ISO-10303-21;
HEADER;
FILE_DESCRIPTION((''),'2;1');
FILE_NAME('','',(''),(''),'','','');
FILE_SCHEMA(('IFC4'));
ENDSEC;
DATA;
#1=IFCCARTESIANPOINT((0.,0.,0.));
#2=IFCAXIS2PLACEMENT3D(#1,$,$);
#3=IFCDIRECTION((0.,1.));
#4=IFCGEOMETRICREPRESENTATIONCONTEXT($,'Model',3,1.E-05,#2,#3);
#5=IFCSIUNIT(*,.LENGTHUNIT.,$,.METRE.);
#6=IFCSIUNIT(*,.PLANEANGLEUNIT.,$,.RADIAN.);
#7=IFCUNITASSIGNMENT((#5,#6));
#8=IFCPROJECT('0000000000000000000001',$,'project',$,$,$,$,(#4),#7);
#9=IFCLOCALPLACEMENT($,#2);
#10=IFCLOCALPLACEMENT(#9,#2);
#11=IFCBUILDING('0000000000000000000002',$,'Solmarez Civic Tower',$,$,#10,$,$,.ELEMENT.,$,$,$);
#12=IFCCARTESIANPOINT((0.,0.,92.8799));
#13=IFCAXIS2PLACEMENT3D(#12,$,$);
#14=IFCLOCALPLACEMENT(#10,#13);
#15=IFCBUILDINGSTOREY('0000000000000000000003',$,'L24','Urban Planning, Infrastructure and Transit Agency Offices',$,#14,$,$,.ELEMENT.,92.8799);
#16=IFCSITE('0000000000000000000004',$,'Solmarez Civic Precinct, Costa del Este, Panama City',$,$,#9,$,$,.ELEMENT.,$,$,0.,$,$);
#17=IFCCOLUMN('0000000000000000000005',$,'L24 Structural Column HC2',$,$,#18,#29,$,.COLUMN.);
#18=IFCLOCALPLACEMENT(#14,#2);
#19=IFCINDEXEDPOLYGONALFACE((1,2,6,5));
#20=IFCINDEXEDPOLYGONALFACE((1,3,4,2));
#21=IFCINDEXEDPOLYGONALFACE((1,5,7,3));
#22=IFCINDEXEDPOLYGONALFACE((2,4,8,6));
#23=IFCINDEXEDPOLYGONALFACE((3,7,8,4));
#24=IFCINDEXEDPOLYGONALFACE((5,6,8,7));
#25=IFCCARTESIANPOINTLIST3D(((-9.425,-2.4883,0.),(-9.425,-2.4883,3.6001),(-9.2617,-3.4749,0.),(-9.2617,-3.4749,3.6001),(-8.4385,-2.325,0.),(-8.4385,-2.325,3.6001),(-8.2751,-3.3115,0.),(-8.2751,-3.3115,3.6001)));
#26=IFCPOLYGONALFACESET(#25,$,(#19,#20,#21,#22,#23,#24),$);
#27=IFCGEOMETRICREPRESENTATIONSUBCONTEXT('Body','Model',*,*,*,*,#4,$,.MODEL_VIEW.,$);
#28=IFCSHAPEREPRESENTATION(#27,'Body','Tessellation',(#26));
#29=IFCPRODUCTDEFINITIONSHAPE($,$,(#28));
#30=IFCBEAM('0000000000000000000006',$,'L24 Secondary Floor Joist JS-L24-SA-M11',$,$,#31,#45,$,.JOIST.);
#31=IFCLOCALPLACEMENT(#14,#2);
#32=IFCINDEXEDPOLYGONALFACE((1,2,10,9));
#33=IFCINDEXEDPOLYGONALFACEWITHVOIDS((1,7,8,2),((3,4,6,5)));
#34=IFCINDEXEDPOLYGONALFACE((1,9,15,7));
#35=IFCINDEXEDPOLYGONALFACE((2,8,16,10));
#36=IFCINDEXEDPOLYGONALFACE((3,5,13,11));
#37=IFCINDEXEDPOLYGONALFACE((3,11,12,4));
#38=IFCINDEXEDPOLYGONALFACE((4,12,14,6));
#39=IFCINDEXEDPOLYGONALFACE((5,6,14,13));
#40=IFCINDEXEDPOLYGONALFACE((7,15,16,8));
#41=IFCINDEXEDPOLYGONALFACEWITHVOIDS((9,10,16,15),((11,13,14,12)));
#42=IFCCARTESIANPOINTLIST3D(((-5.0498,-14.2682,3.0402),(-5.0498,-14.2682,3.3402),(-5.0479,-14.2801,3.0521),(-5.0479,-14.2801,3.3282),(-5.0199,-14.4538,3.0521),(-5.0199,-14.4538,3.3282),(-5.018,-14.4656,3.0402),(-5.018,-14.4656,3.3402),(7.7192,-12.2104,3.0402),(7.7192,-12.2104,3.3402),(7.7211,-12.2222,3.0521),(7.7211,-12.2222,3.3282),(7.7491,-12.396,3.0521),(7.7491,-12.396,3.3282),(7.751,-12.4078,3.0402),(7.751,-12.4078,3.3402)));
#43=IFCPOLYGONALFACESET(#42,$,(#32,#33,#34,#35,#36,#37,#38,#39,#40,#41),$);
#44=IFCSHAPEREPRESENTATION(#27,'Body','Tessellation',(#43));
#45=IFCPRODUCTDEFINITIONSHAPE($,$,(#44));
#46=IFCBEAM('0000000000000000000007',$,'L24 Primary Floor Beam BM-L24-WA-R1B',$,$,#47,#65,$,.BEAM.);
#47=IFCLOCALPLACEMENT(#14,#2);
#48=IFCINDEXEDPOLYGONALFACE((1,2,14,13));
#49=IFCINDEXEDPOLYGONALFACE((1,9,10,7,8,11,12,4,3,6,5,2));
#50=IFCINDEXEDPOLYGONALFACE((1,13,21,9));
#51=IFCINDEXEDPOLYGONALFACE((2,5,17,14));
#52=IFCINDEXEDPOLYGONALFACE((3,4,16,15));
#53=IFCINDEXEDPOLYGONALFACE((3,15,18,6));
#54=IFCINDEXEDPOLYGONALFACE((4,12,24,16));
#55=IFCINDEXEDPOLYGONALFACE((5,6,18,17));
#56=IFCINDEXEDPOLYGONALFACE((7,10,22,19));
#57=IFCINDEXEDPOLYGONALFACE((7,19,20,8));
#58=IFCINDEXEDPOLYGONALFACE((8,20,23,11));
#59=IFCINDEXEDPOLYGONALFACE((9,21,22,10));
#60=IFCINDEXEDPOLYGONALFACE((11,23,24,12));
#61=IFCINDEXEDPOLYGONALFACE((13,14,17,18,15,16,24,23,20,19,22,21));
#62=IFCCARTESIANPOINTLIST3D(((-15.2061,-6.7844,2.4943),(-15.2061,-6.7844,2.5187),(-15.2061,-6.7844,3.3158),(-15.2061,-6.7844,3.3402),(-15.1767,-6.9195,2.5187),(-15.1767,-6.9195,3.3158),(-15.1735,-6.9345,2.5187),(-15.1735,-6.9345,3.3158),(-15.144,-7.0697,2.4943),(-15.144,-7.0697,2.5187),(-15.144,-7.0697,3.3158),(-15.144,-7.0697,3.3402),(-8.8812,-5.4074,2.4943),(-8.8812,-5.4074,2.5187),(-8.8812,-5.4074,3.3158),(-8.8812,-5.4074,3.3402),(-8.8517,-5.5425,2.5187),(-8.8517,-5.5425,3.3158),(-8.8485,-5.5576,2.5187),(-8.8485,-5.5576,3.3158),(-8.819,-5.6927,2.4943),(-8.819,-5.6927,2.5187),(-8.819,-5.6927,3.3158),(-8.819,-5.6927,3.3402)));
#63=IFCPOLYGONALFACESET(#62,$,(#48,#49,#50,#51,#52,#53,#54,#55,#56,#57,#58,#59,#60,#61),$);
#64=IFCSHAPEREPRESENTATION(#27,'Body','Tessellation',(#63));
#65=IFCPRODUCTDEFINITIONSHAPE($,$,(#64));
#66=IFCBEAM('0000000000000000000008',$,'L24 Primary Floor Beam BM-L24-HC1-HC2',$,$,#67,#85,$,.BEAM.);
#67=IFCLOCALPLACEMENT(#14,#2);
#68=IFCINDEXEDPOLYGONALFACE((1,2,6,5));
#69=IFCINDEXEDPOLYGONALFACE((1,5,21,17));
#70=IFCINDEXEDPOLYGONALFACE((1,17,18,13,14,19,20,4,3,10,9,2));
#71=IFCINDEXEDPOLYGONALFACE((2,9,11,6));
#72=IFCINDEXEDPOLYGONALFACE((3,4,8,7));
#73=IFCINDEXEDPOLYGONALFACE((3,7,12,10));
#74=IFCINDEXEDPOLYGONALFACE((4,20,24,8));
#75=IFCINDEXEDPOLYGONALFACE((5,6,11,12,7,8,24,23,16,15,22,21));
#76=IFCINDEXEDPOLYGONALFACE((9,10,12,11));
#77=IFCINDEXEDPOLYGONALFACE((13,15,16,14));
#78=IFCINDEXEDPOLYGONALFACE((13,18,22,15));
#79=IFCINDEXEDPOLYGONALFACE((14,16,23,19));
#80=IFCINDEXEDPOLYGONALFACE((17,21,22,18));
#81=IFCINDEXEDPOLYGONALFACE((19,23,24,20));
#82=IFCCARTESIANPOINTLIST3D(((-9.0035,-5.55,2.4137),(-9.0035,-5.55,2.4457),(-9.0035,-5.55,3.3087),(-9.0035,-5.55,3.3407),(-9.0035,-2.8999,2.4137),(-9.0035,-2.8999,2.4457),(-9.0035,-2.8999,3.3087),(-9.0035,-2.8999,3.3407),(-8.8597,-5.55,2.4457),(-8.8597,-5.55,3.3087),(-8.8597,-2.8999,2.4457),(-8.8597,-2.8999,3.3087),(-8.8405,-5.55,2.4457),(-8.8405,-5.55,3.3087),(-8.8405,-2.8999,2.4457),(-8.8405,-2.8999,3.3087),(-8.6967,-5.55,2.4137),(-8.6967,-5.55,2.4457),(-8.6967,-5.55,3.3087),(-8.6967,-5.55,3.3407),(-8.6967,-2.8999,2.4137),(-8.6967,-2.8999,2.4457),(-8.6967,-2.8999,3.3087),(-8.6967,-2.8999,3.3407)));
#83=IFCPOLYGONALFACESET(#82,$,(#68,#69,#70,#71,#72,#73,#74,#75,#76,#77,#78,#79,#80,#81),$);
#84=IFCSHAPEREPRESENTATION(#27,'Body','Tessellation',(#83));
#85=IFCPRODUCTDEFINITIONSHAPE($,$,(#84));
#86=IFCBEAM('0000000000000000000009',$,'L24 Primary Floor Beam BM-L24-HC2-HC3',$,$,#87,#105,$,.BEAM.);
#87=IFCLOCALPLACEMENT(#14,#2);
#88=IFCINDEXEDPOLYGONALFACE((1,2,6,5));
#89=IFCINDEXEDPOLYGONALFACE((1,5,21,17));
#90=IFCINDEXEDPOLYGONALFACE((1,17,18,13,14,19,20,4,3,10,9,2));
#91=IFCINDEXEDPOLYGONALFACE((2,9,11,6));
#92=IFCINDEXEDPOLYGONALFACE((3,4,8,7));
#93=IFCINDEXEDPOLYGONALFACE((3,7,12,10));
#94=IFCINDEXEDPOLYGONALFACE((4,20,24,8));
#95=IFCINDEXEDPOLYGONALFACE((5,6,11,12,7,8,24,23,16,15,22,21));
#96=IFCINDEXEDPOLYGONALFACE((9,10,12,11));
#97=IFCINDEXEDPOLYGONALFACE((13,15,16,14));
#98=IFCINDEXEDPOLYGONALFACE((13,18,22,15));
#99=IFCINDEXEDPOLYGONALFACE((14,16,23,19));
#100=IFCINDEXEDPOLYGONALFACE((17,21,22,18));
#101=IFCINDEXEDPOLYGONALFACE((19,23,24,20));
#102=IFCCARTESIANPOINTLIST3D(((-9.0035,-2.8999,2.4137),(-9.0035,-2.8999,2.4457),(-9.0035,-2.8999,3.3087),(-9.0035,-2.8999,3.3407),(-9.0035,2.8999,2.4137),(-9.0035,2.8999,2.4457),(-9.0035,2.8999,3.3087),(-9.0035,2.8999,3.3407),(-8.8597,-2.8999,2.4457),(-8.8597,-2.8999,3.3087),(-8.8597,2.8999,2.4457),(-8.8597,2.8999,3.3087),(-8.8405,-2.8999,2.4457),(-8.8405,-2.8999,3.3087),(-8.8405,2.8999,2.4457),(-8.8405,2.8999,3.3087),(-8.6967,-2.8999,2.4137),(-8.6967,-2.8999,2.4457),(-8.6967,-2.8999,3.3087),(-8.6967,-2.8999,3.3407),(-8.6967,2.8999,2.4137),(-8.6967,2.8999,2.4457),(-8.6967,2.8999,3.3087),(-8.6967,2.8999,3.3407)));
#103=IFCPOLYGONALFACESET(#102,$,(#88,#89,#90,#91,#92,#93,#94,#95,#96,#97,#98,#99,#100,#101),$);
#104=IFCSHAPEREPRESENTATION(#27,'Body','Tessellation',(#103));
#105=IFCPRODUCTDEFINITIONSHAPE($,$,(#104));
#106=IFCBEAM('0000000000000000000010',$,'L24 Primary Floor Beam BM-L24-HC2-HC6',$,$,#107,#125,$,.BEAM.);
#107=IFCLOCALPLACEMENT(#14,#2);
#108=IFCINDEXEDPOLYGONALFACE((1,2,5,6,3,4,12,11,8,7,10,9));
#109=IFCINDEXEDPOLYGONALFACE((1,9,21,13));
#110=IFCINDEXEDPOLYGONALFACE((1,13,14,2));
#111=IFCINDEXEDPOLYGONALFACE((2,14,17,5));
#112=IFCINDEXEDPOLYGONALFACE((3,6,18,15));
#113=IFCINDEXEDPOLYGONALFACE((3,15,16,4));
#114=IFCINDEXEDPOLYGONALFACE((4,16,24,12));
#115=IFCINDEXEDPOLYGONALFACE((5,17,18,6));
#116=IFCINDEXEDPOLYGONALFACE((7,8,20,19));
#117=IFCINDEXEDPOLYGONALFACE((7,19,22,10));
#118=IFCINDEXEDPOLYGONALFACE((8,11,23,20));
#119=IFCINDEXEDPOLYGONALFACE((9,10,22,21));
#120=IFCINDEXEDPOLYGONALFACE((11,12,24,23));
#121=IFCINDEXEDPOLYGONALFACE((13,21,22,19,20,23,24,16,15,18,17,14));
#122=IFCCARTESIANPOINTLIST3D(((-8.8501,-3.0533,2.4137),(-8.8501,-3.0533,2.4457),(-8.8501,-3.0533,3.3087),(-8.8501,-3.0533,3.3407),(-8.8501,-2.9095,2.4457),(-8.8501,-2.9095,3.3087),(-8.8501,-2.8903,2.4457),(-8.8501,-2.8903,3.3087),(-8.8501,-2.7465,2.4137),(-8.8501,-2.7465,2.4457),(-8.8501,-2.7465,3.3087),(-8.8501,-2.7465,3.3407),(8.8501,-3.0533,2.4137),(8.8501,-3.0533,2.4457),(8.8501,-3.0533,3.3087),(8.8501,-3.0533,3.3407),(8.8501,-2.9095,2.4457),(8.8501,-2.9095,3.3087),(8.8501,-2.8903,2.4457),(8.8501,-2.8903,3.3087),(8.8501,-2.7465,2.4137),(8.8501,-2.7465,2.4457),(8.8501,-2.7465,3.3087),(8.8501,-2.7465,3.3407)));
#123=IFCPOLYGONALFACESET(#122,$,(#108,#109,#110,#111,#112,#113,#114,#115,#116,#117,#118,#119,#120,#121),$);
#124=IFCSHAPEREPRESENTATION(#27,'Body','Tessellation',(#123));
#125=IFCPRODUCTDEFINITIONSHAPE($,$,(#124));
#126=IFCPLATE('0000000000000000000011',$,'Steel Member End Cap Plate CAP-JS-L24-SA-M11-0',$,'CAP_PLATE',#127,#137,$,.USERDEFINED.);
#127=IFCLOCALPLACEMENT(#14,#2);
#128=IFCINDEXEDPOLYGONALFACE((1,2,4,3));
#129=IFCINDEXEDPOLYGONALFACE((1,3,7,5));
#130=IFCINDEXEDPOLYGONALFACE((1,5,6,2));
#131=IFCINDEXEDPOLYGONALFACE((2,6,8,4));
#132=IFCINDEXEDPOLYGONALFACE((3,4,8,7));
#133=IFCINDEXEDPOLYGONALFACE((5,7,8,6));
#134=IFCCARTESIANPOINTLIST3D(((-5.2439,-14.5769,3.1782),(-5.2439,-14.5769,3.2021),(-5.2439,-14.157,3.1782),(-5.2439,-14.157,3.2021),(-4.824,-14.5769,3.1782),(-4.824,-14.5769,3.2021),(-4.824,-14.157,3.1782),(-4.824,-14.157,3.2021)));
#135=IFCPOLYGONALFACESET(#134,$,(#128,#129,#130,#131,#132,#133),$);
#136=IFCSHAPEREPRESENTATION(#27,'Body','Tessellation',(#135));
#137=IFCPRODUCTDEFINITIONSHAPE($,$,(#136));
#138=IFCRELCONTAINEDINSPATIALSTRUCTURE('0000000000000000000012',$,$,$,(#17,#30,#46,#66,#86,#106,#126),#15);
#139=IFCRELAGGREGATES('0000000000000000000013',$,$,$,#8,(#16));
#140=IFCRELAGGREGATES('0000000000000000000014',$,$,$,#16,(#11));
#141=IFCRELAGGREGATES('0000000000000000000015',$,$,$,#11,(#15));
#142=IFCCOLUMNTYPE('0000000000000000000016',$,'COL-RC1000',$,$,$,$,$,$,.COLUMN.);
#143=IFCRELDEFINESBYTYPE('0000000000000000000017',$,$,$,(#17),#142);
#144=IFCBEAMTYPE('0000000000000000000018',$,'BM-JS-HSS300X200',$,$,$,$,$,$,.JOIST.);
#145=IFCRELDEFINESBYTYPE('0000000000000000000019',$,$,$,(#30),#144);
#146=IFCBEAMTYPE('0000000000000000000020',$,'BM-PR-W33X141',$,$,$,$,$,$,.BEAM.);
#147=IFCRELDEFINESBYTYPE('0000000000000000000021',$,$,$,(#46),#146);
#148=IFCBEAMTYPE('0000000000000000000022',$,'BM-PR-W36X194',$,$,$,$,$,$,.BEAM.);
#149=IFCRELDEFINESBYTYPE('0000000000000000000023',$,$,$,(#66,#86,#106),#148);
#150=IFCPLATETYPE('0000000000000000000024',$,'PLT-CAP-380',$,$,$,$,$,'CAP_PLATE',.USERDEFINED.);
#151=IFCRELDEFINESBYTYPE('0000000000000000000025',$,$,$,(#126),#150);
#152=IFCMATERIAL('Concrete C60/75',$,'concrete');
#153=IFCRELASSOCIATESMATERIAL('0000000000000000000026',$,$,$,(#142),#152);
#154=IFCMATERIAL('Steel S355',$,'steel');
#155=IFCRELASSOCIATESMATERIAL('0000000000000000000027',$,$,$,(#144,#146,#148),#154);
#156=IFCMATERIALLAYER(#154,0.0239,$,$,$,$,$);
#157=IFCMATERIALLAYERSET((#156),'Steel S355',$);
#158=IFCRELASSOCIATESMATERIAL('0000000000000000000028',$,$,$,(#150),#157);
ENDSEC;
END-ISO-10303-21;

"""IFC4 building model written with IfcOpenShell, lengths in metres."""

from ifc_helpers import new_model, si_unit, direction, frame, origin, origin_2d, place, context, subcontext, project, spatial, rectangle, hollow_rectangle, i_section, extrude, material, layer, layer_set, material_profile, profile_set, type_object, element, save


model = new_model("IFC4")

# Units and contexts
model_context = context("Model", 3, precision=1e-05, world=origin(), true_north=direction((0.0, 1.0)))
body_context = subcontext(model_context, "Body", "Model", "MODEL_VIEW")
ifc_project = project(units=[si_unit("LENGTHUNIT", "METRE"), si_unit("PLANEANGLEUNIT", "RADIAN")], contexts=[model_context])

# Site, building, storey
site_placement = place(None, origin())
site = spatial("IfcSite", under=ifc_project, at=site_placement, Name="Solmarez Civic Precinct, Costa del Este, Panama City", CompositionType="ELEMENT", RefElevation=0.0)
building_placement = place(site_placement, origin())
building = spatial("IfcBuilding", under=site, at=building_placement, Name="Solmarez Civic Tower", CompositionType="ELEMENT")
storey_placement = place(building_placement, frame((0.0, 0.0, 92.8799)))
storey = spatial("IfcBuildingStorey", under=building, at=storey_placement, Name="L24", Description="Urban Planning, Infrastructure and Transit Agency Offices", CompositionType="ELEMENT", Elevation=92.8799)

# Column
ifc_material_1 = material(Name="Concrete C60/75", Category="concrete")
ifc_material_profile_1 = material_profile(ifc_material_1, rectangle(XDim=1.0, YDim=1.0, at=origin_2d()), Name="RC1000X1000")
ifc_profile_set_1 = profile_set([ifc_material_profile_1], Name="Concrete C60/75")
column_type = type_object("IfcColumnType", Name="COL-RC1000", PredefinedType="COLUMN", material=ifc_profile_set_1)
column_placement = place(storey_placement, frame((-8.8501, -2.8999, 0.0), z_axis=(0.0, 0.0, 1.0), x_axis=(0.986572, 0.163326, 0.0)))
element("IfcColumn", 1, at=column_placement, inside=storey, type_object=column_type, Name="L24 Structural Column HC2", PredefinedType="COLUMN", context=body_context, shape_type="SweptSolid", body=[
    extrude(rectangle(XDim=1.0, YDim=1.0, at=origin_2d()), origin(), (0.0, 0.0, 1.0), 3.6001),
])

# Beams
ifc_material_2 = material(Name="Steel S355", Category="steel")
ifc_material_profile_2 = material_profile(ifc_material_2, hollow_rectangle(XDim=0.2, YDim=0.3, WallThickness=0.012, at=origin_2d()), Name="HSS300X200X12")
ifc_profile_set_2 = profile_set([ifc_material_profile_2], Name="Steel S355")
beam_type_1 = type_object("IfcBeamType", Name="BM-JS-HSS300X200", PredefinedType="JOIST", material=ifc_profile_set_2)
beam_1_placement = place(storey_placement, frame((-5.0339, -14.3669, 3.1902), z_axis=(0.987261, 0.159107, 0.0), x_axis=(-0.159107, 0.987261, 0.0)))
element("IfcBeam", 2, at=beam_1_placement, inside=storey, type_object=beam_type_1, Name="L24 Secondary Floor Joist JS-L24-SA-M11", PredefinedType="JOIST", context=body_context, shape_type="SweptSolid", body=[
    extrude(hollow_rectangle(XDim=0.2, YDim=0.3, WallThickness=0.012, at=origin_2d()), origin(), (0.0, 0.0, 1.0), 12.9338),
])
ifc_material_profile_3 = material_profile(ifc_material_2, i_section(OverallWidth=0.292, OverallDepth=0.8459, WebThickness=0.0154, FlangeThickness=0.0244, at=origin_2d()), Name="W33X141")
ifc_profile_set_3 = profile_set([ifc_material_profile_3], Name="Steel S355")
beam_type_2 = type_object("IfcBeamType", Name="BM-PR-W33X141", PredefinedType="BEAM", material=ifc_profile_set_3)
beam_2_placement = place(storey_placement, frame((-8.8501, -5.55, 2.9172), z_axis=(-0.977113, -0.212719, 0.0), x_axis=(0.212719, -0.977113, 0.0)))
element("IfcBeam", 3, at=beam_2_placement, inside=storey, type_object=beam_type_2, Name="L24 Primary Floor Beam BM-L24-WA-R1B", PredefinedType="BEAM", context=body_context, shape_type="SweptSolid", body=[
    extrude(i_section(OverallWidth=0.292, OverallDepth=0.8459, WebThickness=0.0154, FlangeThickness=0.0244, at=origin_2d()), origin(), (0.0, 0.0, 1.0), 6.4731),
])
ifc_material_profile_4 = material_profile(ifc_material_2, i_section(OverallWidth=0.3069, OverallDepth=0.927, WebThickness=0.0193, FlangeThickness=0.032, at=origin_2d()), Name="W36X194")
ifc_profile_set_4 = profile_set([ifc_material_profile_4], Name="Steel S355")
beam_type_3 = type_object("IfcBeamType", Name="BM-PR-W36X194", PredefinedType="BEAM", material=ifc_profile_set_4)
beam_3_placement = place(storey_placement, frame((-8.8501, -5.55, 2.8772), z_axis=(0.0, 1.0, 0.0), x_axis=(-1.0, 0.0, 0.0)))
element("IfcBeam", 4, at=beam_3_placement, inside=storey, type_object=beam_type_3, Name="L24 Primary Floor Beam BM-L24-HC1-HC2", PredefinedType="BEAM", context=body_context, shape_type="SweptSolid", body=[
    extrude(i_section(OverallWidth=0.3069, OverallDepth=0.927, WebThickness=0.0193, FlangeThickness=0.032, at=origin_2d()), origin(), (0.0, 0.0, 1.0), 2.6501),
])
beam_4_placement = place(storey_placement, frame((-8.8501, -2.8999, 2.8772), z_axis=(0.0, 1.0, 0.0), x_axis=(-1.0, 0.0, 0.0)))
element("IfcBeam", 5, at=beam_4_placement, inside=storey, type_object=beam_type_3, Name="L24 Primary Floor Beam BM-L24-HC2-HC3", PredefinedType="BEAM", context=body_context, shape_type="SweptSolid", body=[
    extrude(i_section(OverallWidth=0.3069, OverallDepth=0.927, WebThickness=0.0193, FlangeThickness=0.032, at=origin_2d()), origin(), (0.0, 0.0, 1.0), 5.7998),
])
beam_5_placement = place(storey_placement, frame((-8.8501, -2.8999, 2.8772), z_axis=(1.0, 0.0, 0.0), x_axis=(0.0, 1.0, 0.0)))
element("IfcBeam", 6, at=beam_5_placement, inside=storey, type_object=beam_type_3, Name="L24 Primary Floor Beam BM-L24-HC2-HC6", PredefinedType="BEAM", context=body_context, shape_type="SweptSolid", body=[
    extrude(i_section(OverallWidth=0.3069, OverallDepth=0.927, WebThickness=0.0193, FlangeThickness=0.032, at=origin_2d()), origin(), (0.0, 0.0, 1.0), 17.7002),
])

# Plate
ifc_layer_1 = layer(ifc_material_2, 0.0239)
ifc_layer_set_1 = layer_set([ifc_layer_1], Name="Steel S355")
plate_type = type_object("IfcPlateType", Name="PLT-CAP-380", ElementType="CAP_PLATE", PredefinedType="USERDEFINED", material=ifc_layer_set_1)
plate_placement = place(storey_placement, frame((-5.0339, -14.3669, 3.1782), z_axis=(0.0, 0.0, 1.0), x_axis=(1.0, 0.0, 0.0)))
element("IfcPlate", 7, at=plate_placement, inside=storey, type_object=plate_type, Name="Steel Member End Cap Plate CAP-JS-L24-SA-M11-0", ObjectType="CAP_PLATE", PredefinedType="USERDEFINED", context=body_context, shape_type="SweptSolid", body=[
    extrude(rectangle(XDim=0.4199, YDim=0.4199, at=origin_2d()), origin(), (0.0, 0.0, 1.0), 0.0239),
])

save(model, "model.ifc")
